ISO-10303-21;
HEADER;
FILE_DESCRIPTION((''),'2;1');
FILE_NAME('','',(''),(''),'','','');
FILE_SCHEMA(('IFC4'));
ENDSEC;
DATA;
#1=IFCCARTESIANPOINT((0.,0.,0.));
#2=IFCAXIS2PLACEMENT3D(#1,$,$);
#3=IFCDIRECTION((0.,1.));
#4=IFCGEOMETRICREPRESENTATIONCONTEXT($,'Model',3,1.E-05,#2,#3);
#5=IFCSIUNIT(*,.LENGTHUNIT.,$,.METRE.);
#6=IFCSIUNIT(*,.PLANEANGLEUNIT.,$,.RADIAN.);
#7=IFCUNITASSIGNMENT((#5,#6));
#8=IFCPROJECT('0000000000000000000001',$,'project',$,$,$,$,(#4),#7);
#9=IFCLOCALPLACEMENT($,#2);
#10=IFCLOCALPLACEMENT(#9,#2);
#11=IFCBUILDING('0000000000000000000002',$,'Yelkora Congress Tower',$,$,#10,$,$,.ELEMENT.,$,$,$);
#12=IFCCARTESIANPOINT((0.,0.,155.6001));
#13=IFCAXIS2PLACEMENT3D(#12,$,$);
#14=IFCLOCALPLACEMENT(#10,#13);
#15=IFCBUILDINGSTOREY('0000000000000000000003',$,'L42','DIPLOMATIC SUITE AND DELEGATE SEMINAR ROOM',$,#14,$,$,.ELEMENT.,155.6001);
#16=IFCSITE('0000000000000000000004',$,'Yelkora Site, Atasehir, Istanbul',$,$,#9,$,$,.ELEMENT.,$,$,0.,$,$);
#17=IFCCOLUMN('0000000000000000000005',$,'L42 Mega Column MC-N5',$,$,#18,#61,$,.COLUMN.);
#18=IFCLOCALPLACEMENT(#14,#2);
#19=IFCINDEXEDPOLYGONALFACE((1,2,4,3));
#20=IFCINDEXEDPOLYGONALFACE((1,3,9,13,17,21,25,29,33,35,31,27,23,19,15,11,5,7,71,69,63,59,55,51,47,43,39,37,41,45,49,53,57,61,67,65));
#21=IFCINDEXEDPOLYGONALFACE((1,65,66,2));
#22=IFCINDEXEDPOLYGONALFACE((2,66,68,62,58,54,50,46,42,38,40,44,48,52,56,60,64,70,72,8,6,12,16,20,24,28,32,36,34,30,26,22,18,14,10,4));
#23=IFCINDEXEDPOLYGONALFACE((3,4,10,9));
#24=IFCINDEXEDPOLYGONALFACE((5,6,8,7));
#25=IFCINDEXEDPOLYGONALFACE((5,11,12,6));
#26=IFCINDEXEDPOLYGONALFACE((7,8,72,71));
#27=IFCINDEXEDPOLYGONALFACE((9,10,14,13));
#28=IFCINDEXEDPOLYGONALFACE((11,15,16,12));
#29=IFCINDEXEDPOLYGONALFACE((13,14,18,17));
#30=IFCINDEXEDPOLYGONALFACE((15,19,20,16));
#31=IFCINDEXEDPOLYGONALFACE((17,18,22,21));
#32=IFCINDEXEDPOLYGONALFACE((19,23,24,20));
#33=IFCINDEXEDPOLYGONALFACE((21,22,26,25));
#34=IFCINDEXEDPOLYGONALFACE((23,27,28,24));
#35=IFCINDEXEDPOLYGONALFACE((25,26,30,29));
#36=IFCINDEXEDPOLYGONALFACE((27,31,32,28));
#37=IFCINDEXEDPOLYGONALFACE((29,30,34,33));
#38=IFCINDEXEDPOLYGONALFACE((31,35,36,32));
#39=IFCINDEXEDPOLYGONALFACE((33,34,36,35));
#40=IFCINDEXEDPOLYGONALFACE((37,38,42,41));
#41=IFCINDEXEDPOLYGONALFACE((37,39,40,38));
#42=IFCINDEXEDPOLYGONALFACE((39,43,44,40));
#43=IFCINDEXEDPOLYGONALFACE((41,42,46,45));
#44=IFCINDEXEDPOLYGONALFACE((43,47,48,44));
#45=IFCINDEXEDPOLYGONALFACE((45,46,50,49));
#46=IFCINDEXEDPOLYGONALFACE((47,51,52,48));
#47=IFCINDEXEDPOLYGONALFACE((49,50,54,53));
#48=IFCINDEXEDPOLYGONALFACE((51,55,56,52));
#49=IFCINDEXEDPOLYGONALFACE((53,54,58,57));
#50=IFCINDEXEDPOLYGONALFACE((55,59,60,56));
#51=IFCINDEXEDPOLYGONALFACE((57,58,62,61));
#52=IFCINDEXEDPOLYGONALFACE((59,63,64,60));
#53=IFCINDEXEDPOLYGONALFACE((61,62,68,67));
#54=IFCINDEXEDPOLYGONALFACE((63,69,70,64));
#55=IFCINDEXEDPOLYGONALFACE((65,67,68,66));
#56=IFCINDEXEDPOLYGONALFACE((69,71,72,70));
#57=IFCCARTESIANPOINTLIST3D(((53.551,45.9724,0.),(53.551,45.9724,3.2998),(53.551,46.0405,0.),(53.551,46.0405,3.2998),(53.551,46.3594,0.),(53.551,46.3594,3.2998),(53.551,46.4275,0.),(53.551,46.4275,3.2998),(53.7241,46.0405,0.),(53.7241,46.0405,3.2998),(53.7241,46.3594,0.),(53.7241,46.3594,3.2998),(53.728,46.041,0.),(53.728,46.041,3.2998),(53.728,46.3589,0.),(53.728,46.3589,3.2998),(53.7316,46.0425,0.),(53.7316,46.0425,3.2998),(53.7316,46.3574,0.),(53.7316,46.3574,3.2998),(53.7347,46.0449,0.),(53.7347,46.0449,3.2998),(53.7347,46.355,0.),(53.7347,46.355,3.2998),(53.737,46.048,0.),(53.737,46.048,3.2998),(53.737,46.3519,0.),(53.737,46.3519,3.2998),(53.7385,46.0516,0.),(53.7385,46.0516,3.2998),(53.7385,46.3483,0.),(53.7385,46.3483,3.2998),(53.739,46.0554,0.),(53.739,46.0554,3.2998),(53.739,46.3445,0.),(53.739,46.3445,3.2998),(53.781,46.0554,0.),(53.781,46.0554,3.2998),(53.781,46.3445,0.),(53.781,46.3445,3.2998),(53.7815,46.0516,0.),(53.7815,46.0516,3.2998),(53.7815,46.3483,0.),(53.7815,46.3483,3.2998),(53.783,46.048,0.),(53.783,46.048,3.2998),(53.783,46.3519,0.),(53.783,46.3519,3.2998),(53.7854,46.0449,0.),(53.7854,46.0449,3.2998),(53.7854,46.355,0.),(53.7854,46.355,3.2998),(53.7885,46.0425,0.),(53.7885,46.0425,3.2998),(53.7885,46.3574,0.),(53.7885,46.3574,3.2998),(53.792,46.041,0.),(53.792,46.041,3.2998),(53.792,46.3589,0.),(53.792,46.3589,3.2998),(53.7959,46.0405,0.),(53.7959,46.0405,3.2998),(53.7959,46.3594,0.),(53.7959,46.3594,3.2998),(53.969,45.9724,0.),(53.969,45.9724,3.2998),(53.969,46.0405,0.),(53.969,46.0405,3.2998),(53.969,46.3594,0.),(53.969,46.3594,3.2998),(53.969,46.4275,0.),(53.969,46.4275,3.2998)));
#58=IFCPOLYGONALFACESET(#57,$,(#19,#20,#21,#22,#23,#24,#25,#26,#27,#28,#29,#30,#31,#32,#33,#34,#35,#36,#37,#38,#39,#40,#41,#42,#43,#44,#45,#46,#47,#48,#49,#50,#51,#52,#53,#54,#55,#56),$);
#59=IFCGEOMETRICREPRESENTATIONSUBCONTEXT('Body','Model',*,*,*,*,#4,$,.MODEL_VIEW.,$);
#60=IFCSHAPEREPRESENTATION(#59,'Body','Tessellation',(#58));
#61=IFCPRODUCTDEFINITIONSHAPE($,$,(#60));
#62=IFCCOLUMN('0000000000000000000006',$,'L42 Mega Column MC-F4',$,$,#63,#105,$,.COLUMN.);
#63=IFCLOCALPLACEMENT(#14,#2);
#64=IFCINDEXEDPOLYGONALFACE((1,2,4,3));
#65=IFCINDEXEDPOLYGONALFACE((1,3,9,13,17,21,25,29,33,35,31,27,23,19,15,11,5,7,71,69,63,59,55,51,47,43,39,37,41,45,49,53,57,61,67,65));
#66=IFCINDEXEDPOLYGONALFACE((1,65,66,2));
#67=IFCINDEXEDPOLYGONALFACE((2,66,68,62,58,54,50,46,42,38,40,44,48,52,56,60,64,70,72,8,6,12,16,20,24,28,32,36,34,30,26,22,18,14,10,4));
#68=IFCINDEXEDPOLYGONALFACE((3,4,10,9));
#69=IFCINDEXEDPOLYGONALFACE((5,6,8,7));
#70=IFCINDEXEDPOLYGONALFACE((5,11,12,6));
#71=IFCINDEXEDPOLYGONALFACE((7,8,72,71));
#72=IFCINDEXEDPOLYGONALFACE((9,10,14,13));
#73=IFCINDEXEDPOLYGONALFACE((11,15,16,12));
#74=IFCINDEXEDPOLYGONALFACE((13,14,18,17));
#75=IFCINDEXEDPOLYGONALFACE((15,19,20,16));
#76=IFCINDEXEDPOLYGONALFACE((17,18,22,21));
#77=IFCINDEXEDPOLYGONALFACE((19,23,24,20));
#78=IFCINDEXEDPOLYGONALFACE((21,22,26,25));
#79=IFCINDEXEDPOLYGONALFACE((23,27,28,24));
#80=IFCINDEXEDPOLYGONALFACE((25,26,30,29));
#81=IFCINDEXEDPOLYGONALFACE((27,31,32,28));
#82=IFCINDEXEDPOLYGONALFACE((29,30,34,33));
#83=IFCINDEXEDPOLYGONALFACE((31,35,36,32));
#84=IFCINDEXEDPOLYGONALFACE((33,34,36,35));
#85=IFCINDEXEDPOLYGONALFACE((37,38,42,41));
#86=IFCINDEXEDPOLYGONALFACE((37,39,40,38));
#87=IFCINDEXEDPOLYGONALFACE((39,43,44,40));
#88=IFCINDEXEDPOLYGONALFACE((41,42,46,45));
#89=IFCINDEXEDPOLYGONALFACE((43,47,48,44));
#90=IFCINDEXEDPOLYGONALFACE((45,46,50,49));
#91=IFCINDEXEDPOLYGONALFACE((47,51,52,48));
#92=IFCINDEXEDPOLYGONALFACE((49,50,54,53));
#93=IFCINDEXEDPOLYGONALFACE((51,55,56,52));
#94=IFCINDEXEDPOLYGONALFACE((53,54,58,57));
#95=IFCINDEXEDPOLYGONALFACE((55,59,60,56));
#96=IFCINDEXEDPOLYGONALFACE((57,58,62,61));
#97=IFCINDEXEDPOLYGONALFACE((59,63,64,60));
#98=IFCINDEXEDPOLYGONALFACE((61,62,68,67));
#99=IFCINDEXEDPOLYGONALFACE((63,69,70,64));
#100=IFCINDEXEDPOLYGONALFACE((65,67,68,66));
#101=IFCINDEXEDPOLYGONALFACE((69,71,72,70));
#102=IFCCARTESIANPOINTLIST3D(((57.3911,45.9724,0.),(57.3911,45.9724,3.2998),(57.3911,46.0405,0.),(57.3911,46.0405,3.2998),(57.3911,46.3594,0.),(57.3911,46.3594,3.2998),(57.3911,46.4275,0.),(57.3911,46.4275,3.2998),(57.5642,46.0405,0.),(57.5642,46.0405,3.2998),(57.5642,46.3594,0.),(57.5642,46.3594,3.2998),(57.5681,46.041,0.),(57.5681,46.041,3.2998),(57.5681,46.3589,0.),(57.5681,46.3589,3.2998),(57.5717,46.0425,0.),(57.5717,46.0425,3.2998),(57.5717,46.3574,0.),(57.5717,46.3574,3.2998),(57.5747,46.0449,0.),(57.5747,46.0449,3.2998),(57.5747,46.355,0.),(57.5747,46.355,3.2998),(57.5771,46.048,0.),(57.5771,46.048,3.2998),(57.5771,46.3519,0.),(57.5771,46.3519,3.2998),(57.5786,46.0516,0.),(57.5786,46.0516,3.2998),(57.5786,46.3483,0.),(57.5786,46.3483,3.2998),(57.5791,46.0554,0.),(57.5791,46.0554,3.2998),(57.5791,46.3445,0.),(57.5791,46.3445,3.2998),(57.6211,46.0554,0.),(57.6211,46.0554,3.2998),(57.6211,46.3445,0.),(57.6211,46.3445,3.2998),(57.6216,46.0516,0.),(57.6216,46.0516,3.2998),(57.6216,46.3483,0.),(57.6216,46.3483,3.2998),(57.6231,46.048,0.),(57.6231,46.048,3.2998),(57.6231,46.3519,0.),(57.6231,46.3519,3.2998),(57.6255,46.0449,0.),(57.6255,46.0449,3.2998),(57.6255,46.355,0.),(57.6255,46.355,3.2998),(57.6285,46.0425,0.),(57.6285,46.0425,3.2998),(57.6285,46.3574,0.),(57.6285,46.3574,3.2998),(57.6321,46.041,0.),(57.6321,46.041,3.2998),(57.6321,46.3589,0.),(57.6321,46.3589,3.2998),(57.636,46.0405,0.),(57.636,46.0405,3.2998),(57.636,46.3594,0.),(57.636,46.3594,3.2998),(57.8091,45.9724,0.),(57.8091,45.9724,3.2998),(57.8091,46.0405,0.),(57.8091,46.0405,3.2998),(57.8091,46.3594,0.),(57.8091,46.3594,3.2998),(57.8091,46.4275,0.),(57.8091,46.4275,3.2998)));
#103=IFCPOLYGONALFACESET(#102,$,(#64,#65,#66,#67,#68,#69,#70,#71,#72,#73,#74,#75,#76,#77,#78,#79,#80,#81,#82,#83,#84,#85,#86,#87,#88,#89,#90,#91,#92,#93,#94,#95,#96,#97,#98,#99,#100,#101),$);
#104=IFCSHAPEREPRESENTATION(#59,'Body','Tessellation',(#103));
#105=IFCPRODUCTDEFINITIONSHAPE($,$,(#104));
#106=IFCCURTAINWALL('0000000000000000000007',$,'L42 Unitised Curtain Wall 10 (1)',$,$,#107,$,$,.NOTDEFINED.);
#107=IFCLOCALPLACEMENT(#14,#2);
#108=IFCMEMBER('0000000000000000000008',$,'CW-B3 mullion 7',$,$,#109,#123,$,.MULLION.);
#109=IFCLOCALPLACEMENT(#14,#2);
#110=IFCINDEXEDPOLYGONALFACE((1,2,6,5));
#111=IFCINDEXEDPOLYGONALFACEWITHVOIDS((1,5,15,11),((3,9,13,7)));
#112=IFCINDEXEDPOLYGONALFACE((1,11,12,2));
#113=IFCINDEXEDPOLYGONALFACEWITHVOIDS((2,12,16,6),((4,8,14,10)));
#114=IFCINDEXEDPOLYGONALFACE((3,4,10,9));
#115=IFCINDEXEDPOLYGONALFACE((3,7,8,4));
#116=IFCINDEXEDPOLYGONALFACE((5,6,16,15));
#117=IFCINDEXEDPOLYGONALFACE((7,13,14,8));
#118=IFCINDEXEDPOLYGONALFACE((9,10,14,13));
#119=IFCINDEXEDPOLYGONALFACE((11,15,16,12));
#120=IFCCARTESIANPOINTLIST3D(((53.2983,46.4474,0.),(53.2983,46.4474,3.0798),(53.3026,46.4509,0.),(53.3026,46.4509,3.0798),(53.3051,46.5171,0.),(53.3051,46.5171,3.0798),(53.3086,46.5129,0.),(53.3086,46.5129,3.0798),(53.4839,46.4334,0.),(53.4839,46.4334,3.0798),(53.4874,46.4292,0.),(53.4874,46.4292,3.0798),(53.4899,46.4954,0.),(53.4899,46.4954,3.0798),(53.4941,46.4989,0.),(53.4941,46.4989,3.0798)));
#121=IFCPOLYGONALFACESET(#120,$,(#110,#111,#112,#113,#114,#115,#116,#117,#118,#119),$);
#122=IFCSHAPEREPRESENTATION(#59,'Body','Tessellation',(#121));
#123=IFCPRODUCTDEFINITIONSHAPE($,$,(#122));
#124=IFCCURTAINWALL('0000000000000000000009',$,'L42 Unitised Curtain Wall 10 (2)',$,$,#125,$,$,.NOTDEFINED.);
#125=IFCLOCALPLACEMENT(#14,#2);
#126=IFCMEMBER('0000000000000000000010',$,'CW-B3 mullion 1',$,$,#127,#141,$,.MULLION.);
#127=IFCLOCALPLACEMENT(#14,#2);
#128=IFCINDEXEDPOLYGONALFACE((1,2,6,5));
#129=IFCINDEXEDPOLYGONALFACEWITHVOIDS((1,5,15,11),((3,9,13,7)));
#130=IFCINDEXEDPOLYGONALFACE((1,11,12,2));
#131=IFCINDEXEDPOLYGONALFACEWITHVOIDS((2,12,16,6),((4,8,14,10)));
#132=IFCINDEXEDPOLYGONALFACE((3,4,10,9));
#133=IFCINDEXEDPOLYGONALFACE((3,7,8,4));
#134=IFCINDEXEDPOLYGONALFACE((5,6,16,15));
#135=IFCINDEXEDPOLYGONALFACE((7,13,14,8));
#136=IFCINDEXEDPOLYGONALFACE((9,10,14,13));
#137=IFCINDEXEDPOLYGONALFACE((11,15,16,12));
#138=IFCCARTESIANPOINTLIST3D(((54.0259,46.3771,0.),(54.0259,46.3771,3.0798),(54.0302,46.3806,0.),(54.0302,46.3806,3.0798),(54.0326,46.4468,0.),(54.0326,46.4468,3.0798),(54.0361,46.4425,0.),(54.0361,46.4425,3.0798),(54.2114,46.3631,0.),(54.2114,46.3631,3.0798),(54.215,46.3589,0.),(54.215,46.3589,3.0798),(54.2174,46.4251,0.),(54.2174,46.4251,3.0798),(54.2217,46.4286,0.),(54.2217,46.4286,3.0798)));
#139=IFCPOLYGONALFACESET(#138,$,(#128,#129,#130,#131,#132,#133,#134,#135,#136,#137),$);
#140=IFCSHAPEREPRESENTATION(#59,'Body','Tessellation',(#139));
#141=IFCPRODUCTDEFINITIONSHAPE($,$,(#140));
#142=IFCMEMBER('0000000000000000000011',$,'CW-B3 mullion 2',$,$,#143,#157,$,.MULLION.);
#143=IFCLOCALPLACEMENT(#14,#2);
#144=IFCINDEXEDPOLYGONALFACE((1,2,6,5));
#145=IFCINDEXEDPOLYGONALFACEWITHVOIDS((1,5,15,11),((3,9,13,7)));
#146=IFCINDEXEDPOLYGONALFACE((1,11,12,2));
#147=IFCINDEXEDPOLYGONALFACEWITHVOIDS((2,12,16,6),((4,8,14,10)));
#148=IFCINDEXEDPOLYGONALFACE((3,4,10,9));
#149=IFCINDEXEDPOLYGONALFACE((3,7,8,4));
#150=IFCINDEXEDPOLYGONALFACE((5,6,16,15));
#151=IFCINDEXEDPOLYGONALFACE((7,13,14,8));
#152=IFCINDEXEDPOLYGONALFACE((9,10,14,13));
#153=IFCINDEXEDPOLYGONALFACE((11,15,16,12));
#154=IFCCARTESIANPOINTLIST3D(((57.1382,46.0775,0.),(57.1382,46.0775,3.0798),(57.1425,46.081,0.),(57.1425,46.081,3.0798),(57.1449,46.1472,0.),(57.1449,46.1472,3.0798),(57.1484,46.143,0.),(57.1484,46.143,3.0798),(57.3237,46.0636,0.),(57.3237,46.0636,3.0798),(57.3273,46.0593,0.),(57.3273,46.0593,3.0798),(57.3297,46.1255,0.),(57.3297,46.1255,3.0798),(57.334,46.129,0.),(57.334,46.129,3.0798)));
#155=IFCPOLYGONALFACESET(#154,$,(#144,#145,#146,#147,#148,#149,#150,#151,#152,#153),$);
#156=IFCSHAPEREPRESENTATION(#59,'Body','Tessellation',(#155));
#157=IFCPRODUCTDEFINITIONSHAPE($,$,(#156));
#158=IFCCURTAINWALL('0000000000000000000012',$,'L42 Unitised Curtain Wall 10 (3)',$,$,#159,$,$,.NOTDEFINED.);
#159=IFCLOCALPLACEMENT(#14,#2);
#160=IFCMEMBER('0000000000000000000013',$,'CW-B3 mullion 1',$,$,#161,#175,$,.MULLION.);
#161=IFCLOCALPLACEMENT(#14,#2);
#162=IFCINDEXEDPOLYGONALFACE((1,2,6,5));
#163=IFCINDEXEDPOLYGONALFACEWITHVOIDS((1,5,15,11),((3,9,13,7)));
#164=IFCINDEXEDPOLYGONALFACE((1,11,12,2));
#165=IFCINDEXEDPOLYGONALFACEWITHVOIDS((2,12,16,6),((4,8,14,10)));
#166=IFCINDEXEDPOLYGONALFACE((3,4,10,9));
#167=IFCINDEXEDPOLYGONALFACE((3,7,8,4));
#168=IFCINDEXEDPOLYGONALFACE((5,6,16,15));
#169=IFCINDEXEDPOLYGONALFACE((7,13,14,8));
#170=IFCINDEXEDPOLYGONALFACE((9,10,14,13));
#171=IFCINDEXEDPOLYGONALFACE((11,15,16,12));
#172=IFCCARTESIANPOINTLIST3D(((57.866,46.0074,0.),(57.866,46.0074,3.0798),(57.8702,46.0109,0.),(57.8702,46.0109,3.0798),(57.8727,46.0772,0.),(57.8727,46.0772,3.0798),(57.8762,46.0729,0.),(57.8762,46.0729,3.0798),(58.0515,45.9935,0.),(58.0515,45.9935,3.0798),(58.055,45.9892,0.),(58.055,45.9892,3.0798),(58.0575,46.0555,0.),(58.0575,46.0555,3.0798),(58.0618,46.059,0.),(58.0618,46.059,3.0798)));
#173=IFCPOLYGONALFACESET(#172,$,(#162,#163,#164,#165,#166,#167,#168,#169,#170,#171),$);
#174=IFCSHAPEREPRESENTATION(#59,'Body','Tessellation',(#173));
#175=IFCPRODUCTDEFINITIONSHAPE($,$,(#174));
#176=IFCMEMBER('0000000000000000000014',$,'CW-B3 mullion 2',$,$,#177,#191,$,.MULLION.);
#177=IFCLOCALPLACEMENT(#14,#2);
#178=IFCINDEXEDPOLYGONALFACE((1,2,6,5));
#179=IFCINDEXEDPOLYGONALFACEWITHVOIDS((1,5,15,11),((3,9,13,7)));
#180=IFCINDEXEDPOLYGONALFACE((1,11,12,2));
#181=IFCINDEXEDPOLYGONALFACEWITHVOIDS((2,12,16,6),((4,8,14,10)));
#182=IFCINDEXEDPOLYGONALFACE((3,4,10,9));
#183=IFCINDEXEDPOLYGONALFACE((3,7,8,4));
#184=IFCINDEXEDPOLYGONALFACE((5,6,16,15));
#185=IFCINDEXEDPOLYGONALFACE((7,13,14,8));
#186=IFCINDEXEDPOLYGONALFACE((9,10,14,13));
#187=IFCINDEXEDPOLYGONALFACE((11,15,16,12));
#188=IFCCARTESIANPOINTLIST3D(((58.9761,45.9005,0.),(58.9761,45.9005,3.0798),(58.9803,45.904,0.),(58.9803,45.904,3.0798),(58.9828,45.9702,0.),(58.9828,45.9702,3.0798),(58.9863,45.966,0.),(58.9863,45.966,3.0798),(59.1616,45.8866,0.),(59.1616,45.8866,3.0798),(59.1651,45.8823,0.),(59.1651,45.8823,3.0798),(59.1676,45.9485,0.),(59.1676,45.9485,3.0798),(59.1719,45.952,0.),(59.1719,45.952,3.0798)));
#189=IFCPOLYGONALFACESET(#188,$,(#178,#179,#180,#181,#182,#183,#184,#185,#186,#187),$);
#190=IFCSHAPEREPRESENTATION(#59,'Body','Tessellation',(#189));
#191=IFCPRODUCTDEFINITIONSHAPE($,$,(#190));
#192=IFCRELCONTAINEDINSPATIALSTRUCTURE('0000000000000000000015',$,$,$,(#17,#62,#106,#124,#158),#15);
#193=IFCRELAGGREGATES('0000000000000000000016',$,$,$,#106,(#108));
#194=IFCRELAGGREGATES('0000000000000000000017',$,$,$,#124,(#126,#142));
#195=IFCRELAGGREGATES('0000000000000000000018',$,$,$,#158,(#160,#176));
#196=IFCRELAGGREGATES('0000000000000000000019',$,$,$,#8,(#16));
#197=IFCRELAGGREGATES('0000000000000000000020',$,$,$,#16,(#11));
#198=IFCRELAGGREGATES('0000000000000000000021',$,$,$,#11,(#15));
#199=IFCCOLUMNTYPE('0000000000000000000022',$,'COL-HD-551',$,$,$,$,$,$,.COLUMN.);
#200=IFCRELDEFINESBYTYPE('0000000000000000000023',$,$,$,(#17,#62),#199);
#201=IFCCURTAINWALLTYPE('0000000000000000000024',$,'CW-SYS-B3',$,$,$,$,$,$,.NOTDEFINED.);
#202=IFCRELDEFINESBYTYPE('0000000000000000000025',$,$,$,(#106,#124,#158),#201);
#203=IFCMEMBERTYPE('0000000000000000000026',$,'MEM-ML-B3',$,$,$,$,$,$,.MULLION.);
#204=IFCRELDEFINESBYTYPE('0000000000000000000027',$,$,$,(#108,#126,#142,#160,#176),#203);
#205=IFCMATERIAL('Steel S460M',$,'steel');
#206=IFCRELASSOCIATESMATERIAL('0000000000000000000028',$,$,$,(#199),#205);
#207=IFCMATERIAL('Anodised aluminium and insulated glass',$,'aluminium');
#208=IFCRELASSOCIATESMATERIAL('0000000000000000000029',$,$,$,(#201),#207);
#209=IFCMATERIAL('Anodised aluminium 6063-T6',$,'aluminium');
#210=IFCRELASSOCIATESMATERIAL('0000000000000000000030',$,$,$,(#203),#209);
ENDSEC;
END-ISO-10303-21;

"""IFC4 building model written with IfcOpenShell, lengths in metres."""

from ifc_helpers import new_model, si_unit, direction, frame, origin, origin_2d, place, context, subcontext, project, spatial, hollow_rectangle, i_section, extrude, material, material_profile, profile_set, type_object, element, aggregate, save


model = new_model("IFC4")

# Units and contexts
model_context = context("Model", 3, precision=1e-05, world=origin(), true_north=direction((0.0, 1.0)))
body_context = subcontext(model_context, "Body", "Model", "MODEL_VIEW")
ifc_project = project(units=[si_unit("LENGTHUNIT", "METRE"), si_unit("PLANEANGLEUNIT", "RADIAN")], contexts=[model_context])

# Site, building, storey
site_placement = place(None, origin())
site = spatial("IfcSite", under=ifc_project, at=site_placement, Name="Yelkora Site, Atasehir, Istanbul", CompositionType="ELEMENT", RefElevation=0.0)
building_placement = place(site_placement, origin())
building = spatial("IfcBuilding", under=site, at=building_placement, Name="Yelkora Congress Tower", CompositionType="ELEMENT")
storey_placement = place(building_placement, frame((0.0, 0.0, 155.6001)))
storey = spatial("IfcBuildingStorey", under=building, at=storey_placement, Name="L42", Description="DIPLOMATIC SUITE AND DELEGATE SEMINAR ROOM", CompositionType="ELEMENT", Elevation=155.6001)

# Columns
ifc_material_1 = material(Name="Steel S460M", Category="steel")
ifc_material_profile_1 = material_profile(ifc_material_1, i_section(OverallWidth=0.418, OverallDepth=0.4551, WebThickness=0.042, FlangeThickness=0.0681, FilletRadius=0.0149, at=origin_2d()), Name="HD 400x551")
ifc_profile_set_1 = profile_set([ifc_material_profile_1], Name="Steel S460M")
column_type = type_object("IfcColumnType", Name="COL-HD-551", PredefinedType="COLUMN", material=ifc_profile_set_1)
for number, where, z_axis, x_axis, name in (
    (1, (53.76, 46.2, 0.0), (0.0, 0.0, 1.0), (1.0, 0.0, 0.0), "L42 Mega Column MC-N5"),
    (2, (57.6001, 46.2, 0.0), (0.0, 0.0, 1.0), (1.0, 0.0, 0.0), "L42 Mega Column MC-F4"),
):
    element("IfcColumn", number, at=place(storey_placement, frame(where, z_axis=z_axis, x_axis=x_axis)), inside=storey, type_object=column_type, Name=name, PredefinedType="COLUMN", context=body_context, shape_type="SweptSolid", body=[
        extrude(i_section(OverallWidth=0.418, OverallDepth=0.4551, WebThickness=0.042, FlangeThickness=0.0681, FilletRadius=0.0149, at=origin_2d()), origin(), (0.0, 0.0, 1.0), 3.2998),
    ])

# Curtain wall, member
ifc_material_2 = material(Name="Anodised aluminium and insulated glass", Category="aluminium")
curtain_wall_type = type_object("IfcCurtainWallType", Name="CW-SYS-B3", PredefinedType="NOTDEFINED", material=ifc_material_2)
curtain_wall_1_placement = place(storey_placement, origin())
curtain_wall_1 = element("IfcCurtainWall", 3, at=curtain_wall_1_placement, inside=storey, type_object=curtain_wall_type, Name="L42 Unitised Curtain Wall 10 (1)", PredefinedType="NOTDEFINED")
ifc_material_3 = material(Name="Anodised aluminium 6063-T6", Category="aluminium")
ifc_material_profile_2 = material_profile(ifc_material_3, hollow_rectangle(XDim=0.0701, YDim=0.1899, WallThickness=0.0039, at=origin_2d()), Name="ALU 70x190x4")
ifc_profile_set_2 = profile_set([ifc_material_profile_2], Name="Anodised aluminium 6063-T6")
member_type_1 = type_object("IfcMemberType", Name="MEM-ML-B3", PredefinedType="MULLION", material=ifc_profile_set_2)
member_1_placement = place(storey_placement, frame((53.3962, 46.4731, 0.0), z_axis=(0.0, 0.0, 1.0), x_axis=(0.095845, 0.995396, 0.0)))
member_1 = element("IfcMember", 4, at=member_1_placement, type_object=member_type_1, Name="CW-B3 mullion 7", PredefinedType="MULLION", context=body_context, shape_type="SweptSolid", body=[
    extrude(hollow_rectangle(XDim=0.0701, YDim=0.1899, WallThickness=0.0039, at=origin_2d()), origin(), (0.0, 0.0, 1.0), 3.0798),
])
aggregate(curtain_wall_1, [member_1])

# Curtain walls, members
curtain_wall_2_placement = place(storey_placement, origin())
curtain_wall_2 = element("IfcCurtainWall", 5, at=curtain_wall_2_placement, inside=storey, type_object=curtain_wall_type, Name="L42 Unitised Curtain Wall 10 (2)", PredefinedType="NOTDEFINED")
member_2_placement = place(storey_placement, frame((54.1238, 46.4028, 0.0), z_axis=(0.0, 0.0, 1.0), x_axis=(0.095848, 0.995396, 0.0)))
member_2 = element("IfcMember", 6, at=member_2_placement, type_object=member_type_1, Name="CW-B3 mullion 1", PredefinedType="MULLION", context=body_context, shape_type="SweptSolid", body=[
    extrude(hollow_rectangle(XDim=0.0701, YDim=0.1899, WallThickness=0.0039, at=origin_2d()), origin(), (0.0, 0.0, 1.0), 3.0798),
])
member_3_placement = place(storey_placement, frame((57.2361, 46.1033, 0.0), z_axis=(0.0, 0.0, 1.0), x_axis=(0.095848, 0.995396, 0.0)))
member_3 = element("IfcMember", 7, at=member_3_placement, type_object=member_type_1, Name="CW-B3 mullion 2", PredefinedType="MULLION", context=body_context, shape_type="SweptSolid", body=[
    extrude(hollow_rectangle(XDim=0.0701, YDim=0.1899, WallThickness=0.0039, at=origin_2d()), origin(), (0.0, 0.0, 1.0), 3.0798),
])
curtain_wall_3_placement = place(storey_placement, origin())
curtain_wall_3 = element("IfcCurtainWall", 8, at=curtain_wall_3_placement, inside=storey, type_object=curtain_wall_type, Name="L42 Unitised Curtain Wall 10 (3)", PredefinedType="NOTDEFINED")
member_4_placement = place(storey_placement, frame((57.9639, 46.0332, 0.0), z_axis=(0.0, 0.0, 1.0), x_axis=(0.095852, 0.995396, 0.0)))
member_4 = element("IfcMember", 9, at=member_4_placement, type_object=member_type_1, Name="CW-B3 mullion 1", PredefinedType="MULLION", context=body_context, shape_type="SweptSolid", body=[
    extrude(hollow_rectangle(XDim=0.0701, YDim=0.1899, WallThickness=0.0039, at=origin_2d()), origin(), (0.0, 0.0, 1.0), 3.0798),
])
member_5_placement = place(storey_placement, frame((59.074, 45.9263, 0.0), z_axis=(0.0, 0.0, 1.0), x_axis=(0.095852, 0.995396, 0.0)))
member_5 = element("IfcMember", 10, at=member_5_placement, type_object=member_type_1, Name="CW-B3 mullion 2", PredefinedType="MULLION", context=body_context, shape_type="SweptSolid", body=[
    extrude(hollow_rectangle(XDim=0.0701, YDim=0.1899, WallThickness=0.0039, at=origin_2d()), origin(), (0.0, 0.0, 1.0), 3.0798),
])

aggregate(curtain_wall_2, [member_2, member_3])
aggregate(curtain_wall_3, [member_4, member_5])

save(model, "model.ifc")
